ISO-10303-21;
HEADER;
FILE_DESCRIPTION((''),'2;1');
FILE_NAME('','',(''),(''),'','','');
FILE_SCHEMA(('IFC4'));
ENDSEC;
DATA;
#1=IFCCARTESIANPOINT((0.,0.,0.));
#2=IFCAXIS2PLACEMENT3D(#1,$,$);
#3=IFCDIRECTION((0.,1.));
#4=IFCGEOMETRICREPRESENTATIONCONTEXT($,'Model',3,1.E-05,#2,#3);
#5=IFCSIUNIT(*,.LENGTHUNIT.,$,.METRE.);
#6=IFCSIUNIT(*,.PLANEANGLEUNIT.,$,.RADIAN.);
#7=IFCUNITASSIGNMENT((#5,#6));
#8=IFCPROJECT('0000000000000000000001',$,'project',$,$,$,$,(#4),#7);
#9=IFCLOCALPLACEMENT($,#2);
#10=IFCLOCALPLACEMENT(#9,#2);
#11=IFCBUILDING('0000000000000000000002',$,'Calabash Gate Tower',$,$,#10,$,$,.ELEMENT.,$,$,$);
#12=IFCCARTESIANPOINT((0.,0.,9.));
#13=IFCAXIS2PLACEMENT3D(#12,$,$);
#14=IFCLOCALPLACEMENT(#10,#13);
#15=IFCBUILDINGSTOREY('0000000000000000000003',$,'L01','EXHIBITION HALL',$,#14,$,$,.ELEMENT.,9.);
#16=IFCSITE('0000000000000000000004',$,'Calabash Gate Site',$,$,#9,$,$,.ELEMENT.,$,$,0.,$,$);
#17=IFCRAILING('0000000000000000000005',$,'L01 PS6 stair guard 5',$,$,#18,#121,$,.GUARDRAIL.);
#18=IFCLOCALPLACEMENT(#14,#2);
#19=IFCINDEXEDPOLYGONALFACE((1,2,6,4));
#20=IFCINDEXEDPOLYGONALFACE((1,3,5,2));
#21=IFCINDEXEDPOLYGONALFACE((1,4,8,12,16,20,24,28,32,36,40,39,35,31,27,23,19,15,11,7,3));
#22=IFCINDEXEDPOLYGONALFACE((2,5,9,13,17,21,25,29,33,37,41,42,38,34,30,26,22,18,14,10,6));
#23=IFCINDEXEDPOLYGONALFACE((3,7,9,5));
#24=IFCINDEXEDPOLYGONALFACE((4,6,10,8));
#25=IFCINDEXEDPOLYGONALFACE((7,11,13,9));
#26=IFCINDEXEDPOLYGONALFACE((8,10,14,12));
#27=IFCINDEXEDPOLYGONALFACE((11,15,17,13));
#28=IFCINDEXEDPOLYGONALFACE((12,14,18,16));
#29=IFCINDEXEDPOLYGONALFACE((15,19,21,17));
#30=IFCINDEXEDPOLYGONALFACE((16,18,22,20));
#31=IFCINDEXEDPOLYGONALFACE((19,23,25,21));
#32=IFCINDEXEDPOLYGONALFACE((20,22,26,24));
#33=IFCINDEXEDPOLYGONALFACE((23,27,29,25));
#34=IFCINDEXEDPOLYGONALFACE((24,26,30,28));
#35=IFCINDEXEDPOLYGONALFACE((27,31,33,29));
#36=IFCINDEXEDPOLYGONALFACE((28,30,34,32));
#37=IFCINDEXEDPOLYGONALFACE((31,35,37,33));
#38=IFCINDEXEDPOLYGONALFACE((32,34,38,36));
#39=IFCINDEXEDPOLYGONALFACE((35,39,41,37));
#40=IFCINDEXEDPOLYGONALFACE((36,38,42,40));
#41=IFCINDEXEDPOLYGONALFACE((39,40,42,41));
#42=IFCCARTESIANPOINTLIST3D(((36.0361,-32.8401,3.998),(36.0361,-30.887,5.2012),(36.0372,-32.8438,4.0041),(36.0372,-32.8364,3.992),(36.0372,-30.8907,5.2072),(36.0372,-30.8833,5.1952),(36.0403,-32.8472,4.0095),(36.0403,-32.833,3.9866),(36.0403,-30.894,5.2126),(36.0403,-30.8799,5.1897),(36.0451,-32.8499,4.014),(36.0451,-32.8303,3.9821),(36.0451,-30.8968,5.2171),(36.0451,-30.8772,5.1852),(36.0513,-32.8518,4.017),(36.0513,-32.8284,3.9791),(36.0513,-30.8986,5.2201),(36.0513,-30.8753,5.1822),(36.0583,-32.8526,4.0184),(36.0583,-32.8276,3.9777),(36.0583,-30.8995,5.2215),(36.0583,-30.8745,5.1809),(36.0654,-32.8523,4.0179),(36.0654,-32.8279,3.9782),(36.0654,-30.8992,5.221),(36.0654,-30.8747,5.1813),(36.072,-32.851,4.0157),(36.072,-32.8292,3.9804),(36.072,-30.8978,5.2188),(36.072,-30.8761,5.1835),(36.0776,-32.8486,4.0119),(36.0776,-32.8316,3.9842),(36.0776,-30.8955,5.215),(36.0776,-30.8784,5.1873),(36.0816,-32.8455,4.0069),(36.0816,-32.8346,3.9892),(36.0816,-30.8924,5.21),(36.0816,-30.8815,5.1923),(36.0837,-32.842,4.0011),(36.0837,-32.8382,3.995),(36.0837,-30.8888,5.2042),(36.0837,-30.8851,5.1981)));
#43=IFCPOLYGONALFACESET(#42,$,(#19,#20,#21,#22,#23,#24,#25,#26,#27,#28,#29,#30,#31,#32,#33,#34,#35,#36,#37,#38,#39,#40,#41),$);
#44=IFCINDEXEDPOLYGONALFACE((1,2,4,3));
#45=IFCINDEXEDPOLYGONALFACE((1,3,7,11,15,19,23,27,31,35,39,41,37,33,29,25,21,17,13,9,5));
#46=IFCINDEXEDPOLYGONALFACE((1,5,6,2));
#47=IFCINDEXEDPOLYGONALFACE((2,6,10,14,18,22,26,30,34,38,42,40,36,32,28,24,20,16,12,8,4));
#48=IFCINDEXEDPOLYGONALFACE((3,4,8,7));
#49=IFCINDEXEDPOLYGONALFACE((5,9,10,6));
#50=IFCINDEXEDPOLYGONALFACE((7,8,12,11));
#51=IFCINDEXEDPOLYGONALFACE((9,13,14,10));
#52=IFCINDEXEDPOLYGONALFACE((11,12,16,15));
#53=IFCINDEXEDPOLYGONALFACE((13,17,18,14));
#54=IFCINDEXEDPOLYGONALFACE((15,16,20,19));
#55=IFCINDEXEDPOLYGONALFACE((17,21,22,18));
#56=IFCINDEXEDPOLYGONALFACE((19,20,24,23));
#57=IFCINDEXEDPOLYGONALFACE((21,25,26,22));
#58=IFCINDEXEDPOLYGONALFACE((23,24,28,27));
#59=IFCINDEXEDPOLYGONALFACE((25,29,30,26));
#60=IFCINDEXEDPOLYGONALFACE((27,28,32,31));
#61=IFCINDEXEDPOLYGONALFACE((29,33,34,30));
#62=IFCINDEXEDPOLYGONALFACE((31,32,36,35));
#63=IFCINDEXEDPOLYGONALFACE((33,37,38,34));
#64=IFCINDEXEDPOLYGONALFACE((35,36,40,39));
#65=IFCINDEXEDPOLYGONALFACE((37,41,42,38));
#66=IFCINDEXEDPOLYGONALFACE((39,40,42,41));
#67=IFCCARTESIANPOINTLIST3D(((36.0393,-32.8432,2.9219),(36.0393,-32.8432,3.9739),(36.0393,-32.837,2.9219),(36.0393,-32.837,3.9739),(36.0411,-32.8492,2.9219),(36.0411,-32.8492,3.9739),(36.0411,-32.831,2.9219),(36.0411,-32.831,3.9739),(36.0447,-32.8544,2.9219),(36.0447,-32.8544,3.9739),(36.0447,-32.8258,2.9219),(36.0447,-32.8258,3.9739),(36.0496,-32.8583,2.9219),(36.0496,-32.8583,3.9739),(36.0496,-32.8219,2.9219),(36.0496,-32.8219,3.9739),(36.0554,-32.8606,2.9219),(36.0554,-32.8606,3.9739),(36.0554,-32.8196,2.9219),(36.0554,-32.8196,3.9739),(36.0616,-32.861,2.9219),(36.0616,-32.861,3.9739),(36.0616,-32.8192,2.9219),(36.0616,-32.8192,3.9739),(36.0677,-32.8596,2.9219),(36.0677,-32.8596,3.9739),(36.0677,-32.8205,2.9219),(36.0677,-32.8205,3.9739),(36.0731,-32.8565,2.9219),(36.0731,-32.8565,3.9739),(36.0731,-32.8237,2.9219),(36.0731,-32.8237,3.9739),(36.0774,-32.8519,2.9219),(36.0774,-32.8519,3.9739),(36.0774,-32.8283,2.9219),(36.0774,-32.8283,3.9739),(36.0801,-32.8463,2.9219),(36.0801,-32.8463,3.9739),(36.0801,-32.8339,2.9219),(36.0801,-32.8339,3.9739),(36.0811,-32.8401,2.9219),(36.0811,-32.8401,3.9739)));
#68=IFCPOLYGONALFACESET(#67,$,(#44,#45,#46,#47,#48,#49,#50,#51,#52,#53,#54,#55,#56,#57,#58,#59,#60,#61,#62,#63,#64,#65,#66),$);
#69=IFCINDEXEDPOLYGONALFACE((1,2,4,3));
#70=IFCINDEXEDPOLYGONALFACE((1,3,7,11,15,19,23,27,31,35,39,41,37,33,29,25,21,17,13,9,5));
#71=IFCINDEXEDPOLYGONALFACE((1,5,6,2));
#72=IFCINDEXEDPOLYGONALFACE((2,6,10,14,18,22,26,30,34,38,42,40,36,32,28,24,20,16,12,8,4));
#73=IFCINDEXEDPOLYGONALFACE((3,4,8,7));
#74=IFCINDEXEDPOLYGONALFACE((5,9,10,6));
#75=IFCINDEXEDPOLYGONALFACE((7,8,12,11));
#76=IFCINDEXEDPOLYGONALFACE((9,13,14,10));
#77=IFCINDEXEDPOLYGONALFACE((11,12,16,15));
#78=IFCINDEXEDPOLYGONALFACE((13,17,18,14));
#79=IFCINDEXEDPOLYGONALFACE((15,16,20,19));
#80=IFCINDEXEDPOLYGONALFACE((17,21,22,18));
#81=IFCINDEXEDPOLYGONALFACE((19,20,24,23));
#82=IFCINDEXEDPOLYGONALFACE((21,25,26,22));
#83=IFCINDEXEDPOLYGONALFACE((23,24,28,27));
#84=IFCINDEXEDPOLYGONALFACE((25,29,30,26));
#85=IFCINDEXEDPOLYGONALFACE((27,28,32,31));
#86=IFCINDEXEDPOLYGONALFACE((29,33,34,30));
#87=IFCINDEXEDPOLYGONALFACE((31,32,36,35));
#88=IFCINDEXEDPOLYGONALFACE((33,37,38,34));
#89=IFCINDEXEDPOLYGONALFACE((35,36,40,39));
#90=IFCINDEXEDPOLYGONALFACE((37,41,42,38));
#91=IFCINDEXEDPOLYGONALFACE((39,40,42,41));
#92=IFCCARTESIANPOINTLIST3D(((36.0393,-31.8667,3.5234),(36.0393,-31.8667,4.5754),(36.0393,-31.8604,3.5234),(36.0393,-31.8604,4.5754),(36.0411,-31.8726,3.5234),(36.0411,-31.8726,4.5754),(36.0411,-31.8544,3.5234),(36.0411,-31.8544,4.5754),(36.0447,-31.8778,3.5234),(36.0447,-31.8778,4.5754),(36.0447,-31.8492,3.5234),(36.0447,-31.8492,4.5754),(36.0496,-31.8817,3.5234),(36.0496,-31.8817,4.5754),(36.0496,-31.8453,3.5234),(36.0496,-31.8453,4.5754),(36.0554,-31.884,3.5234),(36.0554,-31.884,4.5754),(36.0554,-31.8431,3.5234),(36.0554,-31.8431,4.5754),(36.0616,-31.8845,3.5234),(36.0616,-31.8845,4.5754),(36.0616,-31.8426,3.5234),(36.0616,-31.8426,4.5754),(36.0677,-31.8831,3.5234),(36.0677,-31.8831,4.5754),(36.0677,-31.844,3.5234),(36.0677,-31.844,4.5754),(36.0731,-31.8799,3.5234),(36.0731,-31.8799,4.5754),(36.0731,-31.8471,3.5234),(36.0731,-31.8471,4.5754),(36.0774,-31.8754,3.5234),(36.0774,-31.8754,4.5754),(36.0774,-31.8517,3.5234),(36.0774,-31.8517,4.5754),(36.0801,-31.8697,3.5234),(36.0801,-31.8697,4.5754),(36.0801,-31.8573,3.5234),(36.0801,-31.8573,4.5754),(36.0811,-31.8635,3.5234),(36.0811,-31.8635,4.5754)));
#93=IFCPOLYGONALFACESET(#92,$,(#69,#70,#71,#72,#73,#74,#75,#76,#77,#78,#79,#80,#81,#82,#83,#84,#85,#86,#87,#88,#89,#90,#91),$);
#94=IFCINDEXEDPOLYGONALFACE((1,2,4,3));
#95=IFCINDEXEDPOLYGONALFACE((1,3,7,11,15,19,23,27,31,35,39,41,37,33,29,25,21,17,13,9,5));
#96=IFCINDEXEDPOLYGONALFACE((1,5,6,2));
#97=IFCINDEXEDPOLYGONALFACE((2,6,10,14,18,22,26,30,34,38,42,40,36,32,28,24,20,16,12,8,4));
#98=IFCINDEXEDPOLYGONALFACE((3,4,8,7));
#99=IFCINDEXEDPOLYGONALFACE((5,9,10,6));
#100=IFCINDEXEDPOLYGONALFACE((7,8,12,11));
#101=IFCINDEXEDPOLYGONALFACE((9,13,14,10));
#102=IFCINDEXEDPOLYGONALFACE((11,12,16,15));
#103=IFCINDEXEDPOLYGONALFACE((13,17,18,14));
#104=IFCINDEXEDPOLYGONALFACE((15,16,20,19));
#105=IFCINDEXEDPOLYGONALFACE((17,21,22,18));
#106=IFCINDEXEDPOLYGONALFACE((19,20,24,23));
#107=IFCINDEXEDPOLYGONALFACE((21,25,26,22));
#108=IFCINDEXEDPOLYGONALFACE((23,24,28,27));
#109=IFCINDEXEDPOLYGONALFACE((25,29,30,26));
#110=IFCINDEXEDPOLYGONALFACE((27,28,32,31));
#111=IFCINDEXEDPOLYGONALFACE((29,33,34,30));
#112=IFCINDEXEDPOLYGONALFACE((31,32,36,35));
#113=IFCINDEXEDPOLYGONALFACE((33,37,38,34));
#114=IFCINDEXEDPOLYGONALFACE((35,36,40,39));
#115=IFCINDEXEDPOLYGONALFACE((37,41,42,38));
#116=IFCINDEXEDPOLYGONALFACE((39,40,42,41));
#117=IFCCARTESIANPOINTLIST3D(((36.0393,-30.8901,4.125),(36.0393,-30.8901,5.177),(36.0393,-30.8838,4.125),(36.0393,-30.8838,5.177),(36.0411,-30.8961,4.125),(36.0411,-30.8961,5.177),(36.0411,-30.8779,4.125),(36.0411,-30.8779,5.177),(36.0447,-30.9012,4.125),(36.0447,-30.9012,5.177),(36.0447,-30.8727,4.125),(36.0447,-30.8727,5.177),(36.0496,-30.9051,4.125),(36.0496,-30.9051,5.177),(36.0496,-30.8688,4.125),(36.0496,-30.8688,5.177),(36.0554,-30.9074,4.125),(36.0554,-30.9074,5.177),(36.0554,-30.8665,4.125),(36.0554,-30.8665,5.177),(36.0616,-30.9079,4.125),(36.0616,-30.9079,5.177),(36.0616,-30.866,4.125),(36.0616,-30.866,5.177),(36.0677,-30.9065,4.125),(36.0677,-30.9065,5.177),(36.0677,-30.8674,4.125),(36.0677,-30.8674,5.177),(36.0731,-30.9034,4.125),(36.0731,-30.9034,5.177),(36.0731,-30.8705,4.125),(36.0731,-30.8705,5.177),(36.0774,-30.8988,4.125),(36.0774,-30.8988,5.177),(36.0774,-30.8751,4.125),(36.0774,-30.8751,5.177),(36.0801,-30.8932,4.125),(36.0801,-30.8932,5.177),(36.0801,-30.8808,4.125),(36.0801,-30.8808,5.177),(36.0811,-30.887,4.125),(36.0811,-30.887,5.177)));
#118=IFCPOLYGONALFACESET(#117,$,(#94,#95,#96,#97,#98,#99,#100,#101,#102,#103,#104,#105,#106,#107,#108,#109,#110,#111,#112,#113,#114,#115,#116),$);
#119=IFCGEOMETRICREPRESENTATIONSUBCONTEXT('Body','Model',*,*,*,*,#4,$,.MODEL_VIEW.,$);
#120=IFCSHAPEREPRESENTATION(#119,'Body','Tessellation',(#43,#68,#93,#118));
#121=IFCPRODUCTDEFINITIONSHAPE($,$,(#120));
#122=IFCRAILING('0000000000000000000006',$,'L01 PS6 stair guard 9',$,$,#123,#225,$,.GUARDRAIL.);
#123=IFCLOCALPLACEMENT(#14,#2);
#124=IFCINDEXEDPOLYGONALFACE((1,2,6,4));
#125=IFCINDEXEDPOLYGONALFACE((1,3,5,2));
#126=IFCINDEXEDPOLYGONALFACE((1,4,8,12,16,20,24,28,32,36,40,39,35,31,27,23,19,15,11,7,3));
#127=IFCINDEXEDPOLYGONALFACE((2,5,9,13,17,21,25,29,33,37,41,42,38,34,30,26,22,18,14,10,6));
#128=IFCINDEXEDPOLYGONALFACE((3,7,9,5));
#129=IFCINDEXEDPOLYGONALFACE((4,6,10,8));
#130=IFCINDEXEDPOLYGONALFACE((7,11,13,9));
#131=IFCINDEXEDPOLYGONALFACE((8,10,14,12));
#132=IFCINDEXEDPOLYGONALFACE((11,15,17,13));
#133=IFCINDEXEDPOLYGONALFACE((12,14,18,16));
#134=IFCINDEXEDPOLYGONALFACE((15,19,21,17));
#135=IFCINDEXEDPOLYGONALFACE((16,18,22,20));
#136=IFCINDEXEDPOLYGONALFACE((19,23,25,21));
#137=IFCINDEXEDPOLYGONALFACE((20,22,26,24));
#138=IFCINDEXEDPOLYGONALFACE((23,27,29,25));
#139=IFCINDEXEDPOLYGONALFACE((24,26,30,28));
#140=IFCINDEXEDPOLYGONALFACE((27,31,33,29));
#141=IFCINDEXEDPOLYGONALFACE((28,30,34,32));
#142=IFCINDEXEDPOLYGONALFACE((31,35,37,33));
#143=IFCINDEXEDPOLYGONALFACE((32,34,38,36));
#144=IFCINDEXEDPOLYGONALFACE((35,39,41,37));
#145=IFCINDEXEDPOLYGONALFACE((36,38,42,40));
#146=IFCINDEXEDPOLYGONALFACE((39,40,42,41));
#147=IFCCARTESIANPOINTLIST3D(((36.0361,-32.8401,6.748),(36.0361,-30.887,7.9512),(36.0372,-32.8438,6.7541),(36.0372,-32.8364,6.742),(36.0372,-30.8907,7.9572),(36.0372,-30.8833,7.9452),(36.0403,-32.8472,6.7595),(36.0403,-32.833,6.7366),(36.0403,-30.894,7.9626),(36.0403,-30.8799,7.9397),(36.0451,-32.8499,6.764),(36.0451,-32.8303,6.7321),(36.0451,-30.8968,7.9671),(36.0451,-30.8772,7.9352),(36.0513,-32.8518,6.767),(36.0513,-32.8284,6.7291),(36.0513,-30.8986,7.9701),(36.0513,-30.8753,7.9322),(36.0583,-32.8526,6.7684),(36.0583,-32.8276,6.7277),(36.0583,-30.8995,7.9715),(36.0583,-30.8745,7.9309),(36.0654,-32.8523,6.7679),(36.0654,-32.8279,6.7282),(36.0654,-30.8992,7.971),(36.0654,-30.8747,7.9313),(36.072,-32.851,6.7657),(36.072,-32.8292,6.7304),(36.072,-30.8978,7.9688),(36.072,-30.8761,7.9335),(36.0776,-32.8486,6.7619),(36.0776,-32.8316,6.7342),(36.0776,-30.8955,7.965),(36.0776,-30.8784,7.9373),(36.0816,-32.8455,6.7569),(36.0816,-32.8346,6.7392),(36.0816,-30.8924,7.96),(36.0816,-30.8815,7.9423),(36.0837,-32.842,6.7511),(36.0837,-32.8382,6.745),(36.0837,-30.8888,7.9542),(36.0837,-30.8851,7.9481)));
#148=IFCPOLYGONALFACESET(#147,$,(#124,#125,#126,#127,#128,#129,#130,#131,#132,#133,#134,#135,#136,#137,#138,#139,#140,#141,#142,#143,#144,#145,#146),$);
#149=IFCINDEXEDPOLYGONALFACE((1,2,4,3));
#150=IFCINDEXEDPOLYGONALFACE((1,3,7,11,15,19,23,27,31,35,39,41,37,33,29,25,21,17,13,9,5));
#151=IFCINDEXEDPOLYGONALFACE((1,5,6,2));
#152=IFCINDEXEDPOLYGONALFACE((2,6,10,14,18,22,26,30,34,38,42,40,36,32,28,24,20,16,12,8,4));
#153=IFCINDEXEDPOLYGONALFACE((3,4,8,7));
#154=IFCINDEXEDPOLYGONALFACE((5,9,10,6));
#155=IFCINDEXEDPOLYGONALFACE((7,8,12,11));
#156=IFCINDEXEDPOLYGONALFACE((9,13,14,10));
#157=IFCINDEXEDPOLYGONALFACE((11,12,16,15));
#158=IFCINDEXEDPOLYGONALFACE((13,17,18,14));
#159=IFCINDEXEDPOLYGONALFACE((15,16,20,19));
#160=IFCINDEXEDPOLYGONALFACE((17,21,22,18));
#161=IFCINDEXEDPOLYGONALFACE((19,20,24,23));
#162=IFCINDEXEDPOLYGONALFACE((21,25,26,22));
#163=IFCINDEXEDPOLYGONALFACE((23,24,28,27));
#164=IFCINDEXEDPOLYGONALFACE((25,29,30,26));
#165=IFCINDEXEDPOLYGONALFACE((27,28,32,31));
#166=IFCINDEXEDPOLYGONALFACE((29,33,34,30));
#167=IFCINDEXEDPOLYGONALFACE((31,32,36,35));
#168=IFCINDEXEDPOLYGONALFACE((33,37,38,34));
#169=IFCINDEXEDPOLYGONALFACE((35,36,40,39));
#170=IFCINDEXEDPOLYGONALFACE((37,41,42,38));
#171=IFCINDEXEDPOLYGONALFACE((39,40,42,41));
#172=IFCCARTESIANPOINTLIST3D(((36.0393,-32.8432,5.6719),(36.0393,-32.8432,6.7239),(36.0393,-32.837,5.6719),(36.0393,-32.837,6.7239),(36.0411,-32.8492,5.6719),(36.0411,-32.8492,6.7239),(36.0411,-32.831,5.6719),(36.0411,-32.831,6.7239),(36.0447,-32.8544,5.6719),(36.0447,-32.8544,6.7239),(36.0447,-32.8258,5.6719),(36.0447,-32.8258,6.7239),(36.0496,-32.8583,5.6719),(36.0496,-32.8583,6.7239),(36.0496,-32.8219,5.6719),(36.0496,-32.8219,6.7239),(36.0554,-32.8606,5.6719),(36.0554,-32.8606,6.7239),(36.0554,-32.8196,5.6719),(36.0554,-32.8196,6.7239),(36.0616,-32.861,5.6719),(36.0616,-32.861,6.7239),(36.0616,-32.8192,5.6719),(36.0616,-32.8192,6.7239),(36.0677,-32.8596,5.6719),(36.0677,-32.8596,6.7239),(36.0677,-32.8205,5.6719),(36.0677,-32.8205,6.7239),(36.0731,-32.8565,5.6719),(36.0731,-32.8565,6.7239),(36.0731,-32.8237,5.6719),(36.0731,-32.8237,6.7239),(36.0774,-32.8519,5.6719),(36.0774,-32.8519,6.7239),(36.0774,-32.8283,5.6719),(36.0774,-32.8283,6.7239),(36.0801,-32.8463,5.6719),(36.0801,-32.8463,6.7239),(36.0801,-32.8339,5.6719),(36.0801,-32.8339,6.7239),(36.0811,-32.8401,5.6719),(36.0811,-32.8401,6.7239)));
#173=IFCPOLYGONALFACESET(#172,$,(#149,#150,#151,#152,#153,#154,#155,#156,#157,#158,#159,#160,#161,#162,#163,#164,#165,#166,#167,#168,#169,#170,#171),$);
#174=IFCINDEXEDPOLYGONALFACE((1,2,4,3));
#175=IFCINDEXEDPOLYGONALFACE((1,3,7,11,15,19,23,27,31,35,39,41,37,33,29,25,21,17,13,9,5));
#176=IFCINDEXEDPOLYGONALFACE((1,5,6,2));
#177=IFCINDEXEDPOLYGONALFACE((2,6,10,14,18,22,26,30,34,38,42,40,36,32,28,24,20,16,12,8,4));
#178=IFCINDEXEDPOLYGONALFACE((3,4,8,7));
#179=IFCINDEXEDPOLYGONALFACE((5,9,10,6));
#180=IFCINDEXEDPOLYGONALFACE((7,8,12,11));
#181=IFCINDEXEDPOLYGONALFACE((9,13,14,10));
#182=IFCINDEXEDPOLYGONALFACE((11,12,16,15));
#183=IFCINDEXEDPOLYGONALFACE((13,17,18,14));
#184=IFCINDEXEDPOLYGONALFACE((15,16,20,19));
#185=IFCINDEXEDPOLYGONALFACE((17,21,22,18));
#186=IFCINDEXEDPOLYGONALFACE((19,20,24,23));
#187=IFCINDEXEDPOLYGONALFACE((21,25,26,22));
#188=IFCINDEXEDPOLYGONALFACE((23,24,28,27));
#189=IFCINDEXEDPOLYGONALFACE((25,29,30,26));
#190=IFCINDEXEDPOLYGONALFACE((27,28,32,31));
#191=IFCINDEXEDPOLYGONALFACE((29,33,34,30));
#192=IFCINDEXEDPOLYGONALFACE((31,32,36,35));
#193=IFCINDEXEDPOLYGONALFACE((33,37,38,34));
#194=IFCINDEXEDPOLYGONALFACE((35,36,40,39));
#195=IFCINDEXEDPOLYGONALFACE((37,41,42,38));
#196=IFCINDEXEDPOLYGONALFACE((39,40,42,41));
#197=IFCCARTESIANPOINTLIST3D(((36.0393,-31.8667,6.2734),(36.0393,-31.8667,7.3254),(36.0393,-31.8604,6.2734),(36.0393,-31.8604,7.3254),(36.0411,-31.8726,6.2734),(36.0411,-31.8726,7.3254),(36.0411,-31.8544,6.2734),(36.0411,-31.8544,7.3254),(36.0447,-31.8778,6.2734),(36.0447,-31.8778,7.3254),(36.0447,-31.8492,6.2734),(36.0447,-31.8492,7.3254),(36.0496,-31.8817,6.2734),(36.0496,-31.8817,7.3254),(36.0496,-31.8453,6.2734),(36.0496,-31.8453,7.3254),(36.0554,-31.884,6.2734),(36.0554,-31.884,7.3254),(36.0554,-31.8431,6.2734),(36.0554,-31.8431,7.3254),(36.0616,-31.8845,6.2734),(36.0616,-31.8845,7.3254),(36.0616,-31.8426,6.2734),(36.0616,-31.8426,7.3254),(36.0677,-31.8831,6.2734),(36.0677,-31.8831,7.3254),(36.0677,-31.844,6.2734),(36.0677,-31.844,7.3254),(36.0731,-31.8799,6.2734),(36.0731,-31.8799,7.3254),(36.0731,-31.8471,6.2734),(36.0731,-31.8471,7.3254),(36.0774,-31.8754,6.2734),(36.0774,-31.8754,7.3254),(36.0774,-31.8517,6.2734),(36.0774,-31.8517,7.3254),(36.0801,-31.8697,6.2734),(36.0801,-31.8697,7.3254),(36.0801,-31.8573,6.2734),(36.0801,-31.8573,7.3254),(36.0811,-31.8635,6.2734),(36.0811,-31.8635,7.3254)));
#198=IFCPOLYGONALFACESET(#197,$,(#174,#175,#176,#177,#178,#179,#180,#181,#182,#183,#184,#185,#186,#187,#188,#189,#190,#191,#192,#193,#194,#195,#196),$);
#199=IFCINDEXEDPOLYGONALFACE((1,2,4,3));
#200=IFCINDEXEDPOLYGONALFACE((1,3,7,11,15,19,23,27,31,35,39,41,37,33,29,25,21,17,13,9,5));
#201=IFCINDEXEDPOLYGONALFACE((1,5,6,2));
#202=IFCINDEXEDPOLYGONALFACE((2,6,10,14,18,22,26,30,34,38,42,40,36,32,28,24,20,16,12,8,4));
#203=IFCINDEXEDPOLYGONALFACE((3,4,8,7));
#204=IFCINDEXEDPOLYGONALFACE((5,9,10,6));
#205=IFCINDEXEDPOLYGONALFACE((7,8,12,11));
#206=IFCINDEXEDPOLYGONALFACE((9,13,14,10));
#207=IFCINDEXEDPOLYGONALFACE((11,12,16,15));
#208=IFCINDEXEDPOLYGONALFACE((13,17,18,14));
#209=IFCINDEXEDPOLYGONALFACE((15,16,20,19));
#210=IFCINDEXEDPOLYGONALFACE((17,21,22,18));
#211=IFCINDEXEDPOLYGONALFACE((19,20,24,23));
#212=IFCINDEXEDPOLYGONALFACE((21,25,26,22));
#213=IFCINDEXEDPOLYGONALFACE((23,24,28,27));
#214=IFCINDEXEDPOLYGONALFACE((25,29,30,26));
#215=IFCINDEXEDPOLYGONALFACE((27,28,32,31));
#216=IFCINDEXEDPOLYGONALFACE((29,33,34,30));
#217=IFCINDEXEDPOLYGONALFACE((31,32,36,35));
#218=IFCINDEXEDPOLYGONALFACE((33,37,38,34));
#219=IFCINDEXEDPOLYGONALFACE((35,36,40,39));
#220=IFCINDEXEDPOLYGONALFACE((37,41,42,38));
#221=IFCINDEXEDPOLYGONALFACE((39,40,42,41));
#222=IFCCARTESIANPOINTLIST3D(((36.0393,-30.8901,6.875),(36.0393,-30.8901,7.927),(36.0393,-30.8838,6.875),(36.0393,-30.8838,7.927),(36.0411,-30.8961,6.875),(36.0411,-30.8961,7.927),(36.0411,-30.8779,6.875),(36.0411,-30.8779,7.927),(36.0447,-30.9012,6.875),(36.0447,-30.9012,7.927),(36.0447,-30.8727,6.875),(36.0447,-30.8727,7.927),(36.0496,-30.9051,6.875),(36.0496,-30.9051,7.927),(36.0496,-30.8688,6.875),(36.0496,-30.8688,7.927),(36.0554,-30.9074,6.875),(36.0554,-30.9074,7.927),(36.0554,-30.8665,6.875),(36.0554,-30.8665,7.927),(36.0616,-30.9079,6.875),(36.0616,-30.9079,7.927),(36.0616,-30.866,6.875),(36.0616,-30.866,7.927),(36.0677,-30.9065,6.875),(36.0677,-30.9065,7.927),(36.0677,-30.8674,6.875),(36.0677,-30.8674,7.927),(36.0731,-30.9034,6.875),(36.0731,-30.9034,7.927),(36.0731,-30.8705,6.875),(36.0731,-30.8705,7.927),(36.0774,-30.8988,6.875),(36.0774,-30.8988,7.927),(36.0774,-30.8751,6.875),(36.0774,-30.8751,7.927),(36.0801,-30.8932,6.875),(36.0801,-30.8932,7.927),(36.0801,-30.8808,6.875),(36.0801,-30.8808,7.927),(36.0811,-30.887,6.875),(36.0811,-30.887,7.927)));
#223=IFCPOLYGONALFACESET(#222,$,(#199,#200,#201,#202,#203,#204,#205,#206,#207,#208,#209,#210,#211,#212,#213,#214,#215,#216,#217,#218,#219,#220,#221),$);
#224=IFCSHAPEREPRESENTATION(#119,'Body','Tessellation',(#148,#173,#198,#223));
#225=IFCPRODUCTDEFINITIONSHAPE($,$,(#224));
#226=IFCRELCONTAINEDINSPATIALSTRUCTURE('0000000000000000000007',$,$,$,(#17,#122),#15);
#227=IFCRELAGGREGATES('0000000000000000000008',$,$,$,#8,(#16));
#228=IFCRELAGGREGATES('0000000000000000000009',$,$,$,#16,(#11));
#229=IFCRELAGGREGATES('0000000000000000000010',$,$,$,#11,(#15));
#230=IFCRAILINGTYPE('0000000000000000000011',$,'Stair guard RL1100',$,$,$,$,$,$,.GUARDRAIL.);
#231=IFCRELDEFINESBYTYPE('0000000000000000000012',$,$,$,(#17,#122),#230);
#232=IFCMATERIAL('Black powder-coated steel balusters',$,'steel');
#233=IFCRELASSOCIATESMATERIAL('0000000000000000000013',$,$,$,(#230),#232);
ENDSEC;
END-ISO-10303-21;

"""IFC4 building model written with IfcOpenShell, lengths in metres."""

from ifc_helpers import new_model, si_unit, direction, frame, origin, origin_2d, place, context, subcontext, project, spatial, circle, extrude, material, type_object, element, save


model = new_model("IFC4")

# Units and contexts
model_context = context("Model", 3, precision=1e-05, world=origin(), true_north=direction((0.0, 1.0)))
body_context = subcontext(model_context, "Body", "Model", "MODEL_VIEW")
ifc_project = project(units=[si_unit("LENGTHUNIT", "METRE"), si_unit("PLANEANGLEUNIT", "RADIAN")], contexts=[model_context])

# Site, building, storey
site_placement = place(None, origin())
site = spatial("IfcSite", under=ifc_project, at=site_placement, Name="Calabash Gate Site", CompositionType="ELEMENT", RefElevation=0.0)
building_placement = place(site_placement, origin())
building = spatial("IfcBuilding", under=site, at=building_placement, Name="Calabash Gate Tower", CompositionType="ELEMENT")
storey_placement = place(building_placement, frame((0.0, 0.0, 9.0)))
storey = spatial("IfcBuildingStorey", under=building, at=storey_placement, Name="L01", Description="EXHIBITION HALL", CompositionType="ELEMENT", Elevation=9.0)

# Railings
ifc_material_1 = material(Name="Black powder-coated steel balusters", Category="steel")
railing_type_1 = type_object("IfcRailingType", Name="Stair guard RL1100", PredefinedType="GUARDRAIL", material=ifc_material_1)
for number, where, name in (
    (1, (36.0601, -32.8401, 2.9219), "L01 PS6 stair guard 5"),
    (2, (36.0601, -32.8401, 5.6719), "L01 PS6 stair guard 9"),
):
    element("IfcRailing", number, at=place(storey_placement, frame(where)), inside=storey, type_object=railing_type_1, Name=name, PredefinedType="GUARDRAIL", context=body_context, shape_type="SweptSolid", body=[
        extrude(circle(Radius=0.0239, at=origin_2d()), frame((0.0, 0.0, 1.0762), z_axis=(0.0, 0.851424, 0.524477), x_axis=(-1.0, 0.0, 0.0)), (0.0, 0.0, 1.0), 2.2939),
        extrude(circle(Radius=0.021, at=origin_2d()), origin(), (0.0, 0.0, 1.0), 1.052),
        extrude(circle(Radius=0.021, at=origin_2d()), frame((0.0, 0.9766, 0.6016)), (0.0, 0.0, 1.0), 1.052),
        extrude(circle(Radius=0.021, at=origin_2d()), frame((0.0, 1.9531, 1.2031)), (0.0, 0.0, 1.0), 1.052),
    ])

save(model, "model.ifc")
